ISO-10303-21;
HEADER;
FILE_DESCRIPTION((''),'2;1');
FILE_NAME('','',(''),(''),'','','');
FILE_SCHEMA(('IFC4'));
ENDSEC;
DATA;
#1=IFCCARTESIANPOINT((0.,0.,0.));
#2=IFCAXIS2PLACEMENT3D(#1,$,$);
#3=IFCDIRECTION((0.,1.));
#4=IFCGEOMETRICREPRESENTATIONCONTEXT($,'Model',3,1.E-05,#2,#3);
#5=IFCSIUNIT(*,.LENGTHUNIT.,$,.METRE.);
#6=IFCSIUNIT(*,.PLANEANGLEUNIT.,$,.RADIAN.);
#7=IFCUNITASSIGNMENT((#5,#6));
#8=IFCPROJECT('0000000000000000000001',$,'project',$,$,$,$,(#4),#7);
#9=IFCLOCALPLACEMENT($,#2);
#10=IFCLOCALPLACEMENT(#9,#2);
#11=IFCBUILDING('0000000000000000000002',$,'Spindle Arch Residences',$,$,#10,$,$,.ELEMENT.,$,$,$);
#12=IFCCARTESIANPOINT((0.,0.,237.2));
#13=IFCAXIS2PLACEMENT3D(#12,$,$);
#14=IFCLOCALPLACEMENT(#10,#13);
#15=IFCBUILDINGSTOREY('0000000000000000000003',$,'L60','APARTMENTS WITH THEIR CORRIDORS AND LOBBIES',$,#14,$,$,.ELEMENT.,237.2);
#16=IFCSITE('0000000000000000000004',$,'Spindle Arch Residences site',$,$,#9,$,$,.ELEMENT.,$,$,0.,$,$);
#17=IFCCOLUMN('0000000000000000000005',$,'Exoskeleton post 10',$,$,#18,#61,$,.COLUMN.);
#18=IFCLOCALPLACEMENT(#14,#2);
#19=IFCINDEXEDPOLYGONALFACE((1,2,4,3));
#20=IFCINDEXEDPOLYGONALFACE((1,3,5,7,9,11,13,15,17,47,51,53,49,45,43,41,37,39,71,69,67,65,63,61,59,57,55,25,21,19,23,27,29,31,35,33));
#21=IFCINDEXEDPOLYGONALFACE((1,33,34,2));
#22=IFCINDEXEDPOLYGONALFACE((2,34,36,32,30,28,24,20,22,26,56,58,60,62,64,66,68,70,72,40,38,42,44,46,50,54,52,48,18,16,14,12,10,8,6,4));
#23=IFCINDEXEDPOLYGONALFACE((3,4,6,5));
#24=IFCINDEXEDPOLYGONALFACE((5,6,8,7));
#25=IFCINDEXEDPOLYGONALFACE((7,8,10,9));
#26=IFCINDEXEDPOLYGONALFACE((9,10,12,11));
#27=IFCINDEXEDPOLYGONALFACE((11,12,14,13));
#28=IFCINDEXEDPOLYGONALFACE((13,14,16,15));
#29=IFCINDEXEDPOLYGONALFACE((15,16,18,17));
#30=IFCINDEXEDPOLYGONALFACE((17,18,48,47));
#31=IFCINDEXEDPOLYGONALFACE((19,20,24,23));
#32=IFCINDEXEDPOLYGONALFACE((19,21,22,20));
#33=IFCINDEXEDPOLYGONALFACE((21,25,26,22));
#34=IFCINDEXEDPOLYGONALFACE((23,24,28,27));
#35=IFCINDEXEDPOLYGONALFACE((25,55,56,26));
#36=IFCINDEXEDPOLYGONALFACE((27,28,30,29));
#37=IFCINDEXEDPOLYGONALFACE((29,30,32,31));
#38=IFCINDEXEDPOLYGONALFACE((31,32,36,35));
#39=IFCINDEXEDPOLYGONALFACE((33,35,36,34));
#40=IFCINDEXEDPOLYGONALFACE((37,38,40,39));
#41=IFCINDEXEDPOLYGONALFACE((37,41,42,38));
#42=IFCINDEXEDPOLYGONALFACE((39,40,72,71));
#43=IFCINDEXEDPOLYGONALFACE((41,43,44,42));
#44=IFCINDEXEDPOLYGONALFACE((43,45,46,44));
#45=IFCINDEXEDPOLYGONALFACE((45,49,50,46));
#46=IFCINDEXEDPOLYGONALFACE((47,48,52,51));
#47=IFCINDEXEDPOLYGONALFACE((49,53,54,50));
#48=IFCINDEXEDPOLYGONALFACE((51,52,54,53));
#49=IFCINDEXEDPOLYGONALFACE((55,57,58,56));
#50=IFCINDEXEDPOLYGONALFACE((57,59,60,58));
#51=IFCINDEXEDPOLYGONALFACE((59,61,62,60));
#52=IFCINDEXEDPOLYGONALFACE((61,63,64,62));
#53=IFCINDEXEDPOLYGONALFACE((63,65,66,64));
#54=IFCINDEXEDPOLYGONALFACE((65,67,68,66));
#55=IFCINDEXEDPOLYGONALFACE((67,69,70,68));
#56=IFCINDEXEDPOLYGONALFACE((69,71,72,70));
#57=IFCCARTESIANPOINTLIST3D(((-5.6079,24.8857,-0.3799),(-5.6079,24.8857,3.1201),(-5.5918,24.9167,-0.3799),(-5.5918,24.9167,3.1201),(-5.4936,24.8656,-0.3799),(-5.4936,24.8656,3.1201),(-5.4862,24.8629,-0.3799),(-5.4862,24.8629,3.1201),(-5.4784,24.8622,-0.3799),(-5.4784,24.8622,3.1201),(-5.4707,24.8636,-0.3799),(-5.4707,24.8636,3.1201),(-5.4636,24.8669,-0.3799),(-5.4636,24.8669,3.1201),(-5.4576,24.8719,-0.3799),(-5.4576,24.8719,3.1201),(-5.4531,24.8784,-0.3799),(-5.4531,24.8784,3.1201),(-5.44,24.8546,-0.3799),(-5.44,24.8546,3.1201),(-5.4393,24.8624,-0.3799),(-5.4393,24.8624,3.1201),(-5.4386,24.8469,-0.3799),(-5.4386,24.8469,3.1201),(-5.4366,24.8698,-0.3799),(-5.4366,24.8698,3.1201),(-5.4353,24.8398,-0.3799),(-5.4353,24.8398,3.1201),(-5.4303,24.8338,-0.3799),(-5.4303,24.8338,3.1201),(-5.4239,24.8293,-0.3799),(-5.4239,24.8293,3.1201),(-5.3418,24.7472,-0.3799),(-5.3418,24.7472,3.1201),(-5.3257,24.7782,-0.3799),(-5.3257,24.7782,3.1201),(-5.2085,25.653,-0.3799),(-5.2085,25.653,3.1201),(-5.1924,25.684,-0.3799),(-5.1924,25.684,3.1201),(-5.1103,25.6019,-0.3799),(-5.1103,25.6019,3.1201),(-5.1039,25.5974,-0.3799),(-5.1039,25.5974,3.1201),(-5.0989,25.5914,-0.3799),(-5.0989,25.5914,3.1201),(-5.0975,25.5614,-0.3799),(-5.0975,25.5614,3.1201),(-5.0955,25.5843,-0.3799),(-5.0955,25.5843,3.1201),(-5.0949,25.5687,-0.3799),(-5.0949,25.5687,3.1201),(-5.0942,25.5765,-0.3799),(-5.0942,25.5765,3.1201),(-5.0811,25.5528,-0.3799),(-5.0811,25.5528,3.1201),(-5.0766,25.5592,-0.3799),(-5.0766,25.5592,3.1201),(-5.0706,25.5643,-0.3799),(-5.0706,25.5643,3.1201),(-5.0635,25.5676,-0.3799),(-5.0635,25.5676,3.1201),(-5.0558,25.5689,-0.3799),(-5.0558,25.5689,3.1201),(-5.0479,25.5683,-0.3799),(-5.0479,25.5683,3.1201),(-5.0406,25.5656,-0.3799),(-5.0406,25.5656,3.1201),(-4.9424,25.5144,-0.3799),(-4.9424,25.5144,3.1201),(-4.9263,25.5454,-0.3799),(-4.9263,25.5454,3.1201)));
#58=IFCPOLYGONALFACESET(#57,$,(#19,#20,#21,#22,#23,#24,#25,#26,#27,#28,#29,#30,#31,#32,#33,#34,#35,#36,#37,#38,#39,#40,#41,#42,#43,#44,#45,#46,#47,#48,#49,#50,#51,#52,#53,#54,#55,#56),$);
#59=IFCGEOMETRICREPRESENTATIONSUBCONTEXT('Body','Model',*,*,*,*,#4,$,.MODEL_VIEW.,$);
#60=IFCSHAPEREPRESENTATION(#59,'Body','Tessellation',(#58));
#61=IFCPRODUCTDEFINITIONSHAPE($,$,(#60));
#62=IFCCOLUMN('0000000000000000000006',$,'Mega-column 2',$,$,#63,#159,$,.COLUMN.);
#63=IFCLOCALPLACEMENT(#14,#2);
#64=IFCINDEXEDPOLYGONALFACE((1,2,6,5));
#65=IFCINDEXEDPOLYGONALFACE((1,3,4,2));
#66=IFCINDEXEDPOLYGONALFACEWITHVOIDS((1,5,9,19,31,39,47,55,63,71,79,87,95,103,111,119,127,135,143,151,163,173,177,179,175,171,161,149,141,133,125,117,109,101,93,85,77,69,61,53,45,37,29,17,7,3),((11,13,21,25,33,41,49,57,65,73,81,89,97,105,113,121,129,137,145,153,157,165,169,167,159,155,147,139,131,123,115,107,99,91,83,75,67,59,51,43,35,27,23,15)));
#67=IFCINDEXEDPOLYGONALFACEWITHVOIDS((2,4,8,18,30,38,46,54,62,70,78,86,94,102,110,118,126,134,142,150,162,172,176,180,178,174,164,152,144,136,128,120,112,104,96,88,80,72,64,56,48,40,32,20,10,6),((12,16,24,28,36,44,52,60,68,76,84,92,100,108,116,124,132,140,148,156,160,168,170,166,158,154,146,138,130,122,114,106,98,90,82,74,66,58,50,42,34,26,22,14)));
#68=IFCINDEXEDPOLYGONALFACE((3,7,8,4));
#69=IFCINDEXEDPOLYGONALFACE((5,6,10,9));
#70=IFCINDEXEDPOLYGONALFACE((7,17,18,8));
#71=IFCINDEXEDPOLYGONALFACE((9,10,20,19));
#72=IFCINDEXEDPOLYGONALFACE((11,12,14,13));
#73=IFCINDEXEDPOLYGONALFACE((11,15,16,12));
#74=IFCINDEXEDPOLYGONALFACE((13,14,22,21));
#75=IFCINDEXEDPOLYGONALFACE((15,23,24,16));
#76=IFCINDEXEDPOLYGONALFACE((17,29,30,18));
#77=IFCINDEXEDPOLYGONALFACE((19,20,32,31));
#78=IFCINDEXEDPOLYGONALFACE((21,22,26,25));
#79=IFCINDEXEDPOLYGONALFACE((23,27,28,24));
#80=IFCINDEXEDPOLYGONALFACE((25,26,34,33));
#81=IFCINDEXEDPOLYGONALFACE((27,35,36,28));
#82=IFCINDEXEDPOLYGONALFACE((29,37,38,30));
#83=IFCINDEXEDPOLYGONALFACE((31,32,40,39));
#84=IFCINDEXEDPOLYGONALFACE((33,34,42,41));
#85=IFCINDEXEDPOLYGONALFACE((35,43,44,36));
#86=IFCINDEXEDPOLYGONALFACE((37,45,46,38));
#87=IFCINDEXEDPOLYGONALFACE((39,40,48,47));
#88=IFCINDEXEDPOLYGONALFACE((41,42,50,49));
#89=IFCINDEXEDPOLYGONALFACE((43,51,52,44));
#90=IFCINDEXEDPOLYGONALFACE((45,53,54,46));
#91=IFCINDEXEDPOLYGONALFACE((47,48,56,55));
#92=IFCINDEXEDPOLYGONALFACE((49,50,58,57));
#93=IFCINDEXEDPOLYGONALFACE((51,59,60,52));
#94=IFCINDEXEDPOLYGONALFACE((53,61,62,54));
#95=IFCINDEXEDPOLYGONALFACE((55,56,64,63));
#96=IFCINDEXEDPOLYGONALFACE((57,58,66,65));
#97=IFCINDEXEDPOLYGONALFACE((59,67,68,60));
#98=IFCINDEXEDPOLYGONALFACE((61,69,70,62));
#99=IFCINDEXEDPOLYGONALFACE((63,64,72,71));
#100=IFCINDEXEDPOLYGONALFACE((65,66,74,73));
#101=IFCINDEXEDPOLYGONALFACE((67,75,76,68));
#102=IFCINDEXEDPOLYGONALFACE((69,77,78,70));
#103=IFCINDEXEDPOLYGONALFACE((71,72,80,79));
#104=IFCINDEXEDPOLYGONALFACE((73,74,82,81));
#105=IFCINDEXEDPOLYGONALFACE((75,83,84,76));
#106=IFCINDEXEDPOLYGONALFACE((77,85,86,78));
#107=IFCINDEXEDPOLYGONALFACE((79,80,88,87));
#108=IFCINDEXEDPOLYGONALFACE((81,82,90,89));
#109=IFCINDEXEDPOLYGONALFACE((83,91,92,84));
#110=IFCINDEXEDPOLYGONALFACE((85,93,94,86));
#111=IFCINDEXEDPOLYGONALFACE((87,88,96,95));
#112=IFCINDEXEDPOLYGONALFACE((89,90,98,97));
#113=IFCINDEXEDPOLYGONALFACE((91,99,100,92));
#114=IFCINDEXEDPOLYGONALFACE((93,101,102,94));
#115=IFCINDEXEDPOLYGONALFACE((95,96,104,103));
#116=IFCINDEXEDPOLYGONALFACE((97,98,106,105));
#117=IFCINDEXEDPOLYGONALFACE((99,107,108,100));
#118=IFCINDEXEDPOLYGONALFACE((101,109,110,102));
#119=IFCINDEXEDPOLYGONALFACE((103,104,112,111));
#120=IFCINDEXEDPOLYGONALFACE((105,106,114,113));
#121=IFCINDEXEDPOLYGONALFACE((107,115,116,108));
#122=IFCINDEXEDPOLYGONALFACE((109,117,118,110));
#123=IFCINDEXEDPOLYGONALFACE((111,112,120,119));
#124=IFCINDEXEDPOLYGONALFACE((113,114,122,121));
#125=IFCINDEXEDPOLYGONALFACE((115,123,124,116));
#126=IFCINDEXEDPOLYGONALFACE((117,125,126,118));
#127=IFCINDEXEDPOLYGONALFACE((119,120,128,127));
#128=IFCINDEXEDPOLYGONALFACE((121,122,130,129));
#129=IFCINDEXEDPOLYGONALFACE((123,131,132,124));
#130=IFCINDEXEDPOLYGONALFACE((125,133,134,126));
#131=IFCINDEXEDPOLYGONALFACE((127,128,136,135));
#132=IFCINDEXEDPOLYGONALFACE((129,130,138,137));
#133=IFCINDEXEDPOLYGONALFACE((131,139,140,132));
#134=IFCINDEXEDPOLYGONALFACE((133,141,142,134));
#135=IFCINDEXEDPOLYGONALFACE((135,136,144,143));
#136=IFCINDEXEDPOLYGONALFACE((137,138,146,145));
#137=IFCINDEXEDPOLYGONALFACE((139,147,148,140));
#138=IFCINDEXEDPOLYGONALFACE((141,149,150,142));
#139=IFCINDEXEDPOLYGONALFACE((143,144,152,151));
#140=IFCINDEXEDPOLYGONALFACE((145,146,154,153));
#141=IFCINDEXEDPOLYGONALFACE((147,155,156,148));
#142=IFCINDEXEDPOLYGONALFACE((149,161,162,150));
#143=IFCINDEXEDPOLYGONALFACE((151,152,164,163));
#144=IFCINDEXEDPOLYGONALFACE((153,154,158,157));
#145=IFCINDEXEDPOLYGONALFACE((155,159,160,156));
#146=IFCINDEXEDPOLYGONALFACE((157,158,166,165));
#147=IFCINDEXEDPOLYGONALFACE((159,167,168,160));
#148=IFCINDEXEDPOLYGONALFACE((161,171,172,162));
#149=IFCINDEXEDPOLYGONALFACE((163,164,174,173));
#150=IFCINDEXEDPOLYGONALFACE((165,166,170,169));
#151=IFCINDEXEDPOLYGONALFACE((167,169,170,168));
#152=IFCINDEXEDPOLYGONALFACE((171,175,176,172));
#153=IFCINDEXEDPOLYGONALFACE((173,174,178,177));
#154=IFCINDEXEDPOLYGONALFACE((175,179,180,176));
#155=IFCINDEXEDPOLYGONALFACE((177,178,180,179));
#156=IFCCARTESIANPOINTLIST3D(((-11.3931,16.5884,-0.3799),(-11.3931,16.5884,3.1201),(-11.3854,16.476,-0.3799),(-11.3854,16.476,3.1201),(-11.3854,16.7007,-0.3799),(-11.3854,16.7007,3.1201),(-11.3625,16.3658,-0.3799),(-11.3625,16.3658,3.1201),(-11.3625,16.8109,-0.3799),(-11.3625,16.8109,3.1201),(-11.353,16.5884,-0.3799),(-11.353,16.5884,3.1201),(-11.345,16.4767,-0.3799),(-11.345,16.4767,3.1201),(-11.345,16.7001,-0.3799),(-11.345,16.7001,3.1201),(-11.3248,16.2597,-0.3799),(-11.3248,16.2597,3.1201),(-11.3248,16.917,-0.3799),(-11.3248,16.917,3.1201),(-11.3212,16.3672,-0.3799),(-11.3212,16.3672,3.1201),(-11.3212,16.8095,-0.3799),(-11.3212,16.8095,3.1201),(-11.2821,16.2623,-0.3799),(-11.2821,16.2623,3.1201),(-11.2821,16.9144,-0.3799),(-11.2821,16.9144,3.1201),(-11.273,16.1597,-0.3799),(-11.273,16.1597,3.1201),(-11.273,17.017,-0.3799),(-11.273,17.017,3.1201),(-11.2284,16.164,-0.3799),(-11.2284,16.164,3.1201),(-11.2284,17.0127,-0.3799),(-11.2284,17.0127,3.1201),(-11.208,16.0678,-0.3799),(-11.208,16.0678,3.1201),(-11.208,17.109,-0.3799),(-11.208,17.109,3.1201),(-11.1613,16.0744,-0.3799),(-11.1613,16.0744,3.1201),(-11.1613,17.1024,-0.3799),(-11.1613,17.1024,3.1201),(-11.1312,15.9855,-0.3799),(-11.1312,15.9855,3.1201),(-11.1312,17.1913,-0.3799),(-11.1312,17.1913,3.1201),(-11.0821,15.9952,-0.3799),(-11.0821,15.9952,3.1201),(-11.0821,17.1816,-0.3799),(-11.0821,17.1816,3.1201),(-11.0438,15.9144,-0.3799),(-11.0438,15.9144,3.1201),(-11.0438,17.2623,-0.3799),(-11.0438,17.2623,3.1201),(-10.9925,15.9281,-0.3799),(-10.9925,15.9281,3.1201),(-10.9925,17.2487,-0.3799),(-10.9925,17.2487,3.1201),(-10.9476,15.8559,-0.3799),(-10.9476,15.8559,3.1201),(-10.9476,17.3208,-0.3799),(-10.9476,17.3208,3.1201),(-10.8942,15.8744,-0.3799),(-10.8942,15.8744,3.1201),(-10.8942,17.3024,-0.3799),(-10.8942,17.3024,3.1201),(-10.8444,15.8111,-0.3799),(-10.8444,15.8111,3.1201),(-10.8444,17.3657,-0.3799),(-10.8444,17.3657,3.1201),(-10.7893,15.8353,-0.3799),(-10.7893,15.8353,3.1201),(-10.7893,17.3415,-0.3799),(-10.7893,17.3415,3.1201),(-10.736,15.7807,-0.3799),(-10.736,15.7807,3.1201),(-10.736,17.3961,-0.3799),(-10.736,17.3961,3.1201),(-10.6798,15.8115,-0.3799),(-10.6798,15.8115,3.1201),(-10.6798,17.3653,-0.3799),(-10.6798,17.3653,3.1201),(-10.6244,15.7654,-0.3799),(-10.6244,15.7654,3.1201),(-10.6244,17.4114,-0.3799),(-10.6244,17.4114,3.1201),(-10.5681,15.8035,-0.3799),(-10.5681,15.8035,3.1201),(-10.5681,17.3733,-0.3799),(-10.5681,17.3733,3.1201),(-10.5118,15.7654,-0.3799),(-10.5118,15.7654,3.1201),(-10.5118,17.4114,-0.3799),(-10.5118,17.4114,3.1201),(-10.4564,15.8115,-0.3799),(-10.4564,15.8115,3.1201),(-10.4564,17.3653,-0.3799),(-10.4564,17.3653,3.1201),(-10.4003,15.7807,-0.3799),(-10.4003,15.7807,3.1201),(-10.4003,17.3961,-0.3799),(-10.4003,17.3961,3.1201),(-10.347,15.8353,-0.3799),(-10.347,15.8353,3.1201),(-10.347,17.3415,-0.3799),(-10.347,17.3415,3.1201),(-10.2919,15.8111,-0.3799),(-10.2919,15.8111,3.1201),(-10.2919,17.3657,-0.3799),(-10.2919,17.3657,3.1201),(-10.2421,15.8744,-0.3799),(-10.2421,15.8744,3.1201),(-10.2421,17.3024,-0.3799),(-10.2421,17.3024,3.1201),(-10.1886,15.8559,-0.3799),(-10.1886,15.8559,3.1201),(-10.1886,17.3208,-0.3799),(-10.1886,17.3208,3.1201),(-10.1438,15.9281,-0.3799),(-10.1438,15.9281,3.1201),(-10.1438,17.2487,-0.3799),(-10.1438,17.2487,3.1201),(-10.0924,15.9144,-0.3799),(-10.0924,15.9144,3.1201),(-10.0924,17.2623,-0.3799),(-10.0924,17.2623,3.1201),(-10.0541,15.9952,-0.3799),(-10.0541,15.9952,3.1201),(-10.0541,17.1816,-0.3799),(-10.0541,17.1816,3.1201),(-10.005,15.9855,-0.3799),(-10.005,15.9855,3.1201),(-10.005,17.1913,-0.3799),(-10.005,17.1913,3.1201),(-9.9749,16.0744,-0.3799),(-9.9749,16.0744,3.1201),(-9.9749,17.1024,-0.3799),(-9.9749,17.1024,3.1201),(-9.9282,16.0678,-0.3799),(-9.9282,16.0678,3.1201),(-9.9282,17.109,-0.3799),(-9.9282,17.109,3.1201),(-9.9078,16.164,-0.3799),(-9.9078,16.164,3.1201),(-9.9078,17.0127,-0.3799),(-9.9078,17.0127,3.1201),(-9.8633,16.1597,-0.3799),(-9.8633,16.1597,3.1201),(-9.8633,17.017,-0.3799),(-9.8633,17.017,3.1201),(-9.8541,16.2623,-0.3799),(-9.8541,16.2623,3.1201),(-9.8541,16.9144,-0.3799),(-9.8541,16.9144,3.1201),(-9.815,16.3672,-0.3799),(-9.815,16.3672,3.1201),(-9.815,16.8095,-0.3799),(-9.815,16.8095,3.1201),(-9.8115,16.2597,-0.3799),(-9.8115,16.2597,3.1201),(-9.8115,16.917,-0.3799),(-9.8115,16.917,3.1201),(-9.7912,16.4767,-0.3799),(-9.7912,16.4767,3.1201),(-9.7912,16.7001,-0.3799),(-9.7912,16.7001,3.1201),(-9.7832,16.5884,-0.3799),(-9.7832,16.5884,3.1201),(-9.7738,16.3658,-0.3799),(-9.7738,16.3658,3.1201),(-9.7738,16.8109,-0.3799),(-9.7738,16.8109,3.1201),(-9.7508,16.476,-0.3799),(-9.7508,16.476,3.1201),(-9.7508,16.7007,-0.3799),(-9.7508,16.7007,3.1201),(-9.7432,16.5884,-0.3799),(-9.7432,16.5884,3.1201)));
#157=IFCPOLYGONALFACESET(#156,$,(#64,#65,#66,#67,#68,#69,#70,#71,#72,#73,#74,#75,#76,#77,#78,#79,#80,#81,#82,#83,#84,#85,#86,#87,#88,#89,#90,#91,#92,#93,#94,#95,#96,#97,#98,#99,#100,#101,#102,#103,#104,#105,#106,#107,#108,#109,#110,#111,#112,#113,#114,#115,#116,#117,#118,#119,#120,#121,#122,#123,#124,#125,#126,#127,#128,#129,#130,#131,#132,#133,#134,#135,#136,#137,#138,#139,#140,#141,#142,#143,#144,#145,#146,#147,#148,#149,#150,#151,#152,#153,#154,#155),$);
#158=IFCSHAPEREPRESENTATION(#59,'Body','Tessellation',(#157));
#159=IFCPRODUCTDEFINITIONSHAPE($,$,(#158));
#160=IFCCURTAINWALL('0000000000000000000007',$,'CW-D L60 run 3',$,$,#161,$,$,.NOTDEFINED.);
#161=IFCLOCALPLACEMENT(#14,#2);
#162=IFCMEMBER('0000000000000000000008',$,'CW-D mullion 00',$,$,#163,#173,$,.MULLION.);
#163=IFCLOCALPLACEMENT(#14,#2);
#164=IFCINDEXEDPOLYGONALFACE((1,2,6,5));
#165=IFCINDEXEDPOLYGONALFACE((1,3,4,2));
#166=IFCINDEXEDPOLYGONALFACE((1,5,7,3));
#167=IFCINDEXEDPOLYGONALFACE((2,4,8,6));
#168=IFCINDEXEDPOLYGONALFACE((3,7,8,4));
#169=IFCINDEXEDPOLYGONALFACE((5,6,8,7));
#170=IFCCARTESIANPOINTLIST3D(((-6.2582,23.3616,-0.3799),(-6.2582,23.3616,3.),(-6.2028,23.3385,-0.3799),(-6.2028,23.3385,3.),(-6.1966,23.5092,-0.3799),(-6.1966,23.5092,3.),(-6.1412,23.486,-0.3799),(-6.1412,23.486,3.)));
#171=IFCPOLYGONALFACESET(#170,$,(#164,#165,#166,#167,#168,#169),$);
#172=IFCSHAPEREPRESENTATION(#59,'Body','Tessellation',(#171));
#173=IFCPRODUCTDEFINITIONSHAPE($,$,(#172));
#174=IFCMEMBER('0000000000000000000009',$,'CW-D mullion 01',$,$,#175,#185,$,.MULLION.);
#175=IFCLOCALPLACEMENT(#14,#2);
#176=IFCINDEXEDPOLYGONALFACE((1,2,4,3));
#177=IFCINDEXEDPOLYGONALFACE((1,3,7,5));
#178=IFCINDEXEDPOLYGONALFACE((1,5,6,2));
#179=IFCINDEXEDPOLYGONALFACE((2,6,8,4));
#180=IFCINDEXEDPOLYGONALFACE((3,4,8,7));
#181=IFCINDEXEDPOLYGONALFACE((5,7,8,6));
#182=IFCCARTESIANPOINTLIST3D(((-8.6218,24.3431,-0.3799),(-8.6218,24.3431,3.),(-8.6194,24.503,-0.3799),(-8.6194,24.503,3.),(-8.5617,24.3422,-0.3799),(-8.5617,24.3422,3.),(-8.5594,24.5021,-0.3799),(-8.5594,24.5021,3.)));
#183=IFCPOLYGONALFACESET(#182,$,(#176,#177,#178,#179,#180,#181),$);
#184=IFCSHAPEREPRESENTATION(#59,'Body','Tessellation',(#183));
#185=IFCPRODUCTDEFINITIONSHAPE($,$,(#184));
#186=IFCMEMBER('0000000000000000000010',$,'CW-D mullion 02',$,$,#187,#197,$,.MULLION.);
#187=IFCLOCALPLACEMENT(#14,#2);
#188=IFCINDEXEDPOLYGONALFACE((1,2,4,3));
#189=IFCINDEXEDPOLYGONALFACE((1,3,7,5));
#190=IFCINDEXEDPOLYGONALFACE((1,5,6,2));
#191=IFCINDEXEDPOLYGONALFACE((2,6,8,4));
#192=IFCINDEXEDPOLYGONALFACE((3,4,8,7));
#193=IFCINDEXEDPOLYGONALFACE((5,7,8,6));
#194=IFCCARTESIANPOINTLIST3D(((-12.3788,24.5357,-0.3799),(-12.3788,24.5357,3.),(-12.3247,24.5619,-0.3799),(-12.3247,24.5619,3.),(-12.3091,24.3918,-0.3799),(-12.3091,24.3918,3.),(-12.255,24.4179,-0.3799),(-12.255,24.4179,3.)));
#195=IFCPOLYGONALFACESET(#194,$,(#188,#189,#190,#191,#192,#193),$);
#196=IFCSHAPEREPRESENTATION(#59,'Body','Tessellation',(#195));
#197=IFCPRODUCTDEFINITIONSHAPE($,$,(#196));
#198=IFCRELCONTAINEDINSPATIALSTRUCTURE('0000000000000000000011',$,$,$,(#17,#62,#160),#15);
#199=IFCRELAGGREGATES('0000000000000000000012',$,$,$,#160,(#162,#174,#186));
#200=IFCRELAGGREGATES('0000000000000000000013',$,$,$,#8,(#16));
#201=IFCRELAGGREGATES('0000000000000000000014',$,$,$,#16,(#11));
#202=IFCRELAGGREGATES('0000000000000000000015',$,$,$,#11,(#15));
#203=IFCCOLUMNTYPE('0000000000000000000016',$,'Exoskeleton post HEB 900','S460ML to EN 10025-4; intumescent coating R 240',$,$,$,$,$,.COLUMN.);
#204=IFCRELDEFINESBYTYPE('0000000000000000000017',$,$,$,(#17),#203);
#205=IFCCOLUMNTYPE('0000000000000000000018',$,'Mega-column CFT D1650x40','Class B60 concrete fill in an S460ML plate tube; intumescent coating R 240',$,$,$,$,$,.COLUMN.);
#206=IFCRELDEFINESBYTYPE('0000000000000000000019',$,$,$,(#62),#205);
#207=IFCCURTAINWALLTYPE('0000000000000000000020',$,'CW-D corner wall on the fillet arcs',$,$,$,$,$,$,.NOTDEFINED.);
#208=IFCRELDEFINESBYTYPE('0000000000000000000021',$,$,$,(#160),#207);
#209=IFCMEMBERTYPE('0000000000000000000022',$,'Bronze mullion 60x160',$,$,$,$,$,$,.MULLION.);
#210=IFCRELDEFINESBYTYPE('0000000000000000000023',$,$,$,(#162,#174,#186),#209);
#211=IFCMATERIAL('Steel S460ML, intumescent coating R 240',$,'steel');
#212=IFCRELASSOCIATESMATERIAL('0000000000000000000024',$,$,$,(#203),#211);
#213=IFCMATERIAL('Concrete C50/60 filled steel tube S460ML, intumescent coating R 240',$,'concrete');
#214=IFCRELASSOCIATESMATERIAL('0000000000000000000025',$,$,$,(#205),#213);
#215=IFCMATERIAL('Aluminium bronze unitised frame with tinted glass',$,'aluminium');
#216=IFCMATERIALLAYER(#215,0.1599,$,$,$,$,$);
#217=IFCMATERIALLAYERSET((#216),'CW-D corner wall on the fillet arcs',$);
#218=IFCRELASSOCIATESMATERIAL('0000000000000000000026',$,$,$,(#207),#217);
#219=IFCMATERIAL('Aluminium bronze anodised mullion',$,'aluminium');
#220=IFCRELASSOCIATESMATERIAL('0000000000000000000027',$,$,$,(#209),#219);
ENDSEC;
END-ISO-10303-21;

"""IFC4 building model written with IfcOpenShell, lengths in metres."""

from ifc_helpers import new_model, si_unit, direction, frame, origin, origin_2d, place, context, subcontext, project, spatial, rectangle, hollow_circle, i_section, extrude, material, layer, layer_set, material_profile, profile_set, type_object, element, aggregate, save


model = new_model("IFC4")

# Units and contexts
model_context = context("Model", 3, precision=1e-05, world=origin(), true_north=direction((0.0, 1.0)))
body_context = subcontext(model_context, "Body", "Model", "MODEL_VIEW")
ifc_project = project(units=[si_unit("LENGTHUNIT", "METRE"), si_unit("PLANEANGLEUNIT", "RADIAN")], contexts=[model_context])

# Site, building, storey
site_placement = place(None, origin())
site = spatial("IfcSite", under=ifc_project, at=site_placement, Name="Spindle Arch Residences site", CompositionType="ELEMENT", RefElevation=0.0)
building_placement = place(site_placement, origin())
building = spatial("IfcBuilding", under=site, at=building_placement, Name="Spindle Arch Residences", CompositionType="ELEMENT")
storey_placement = place(building_placement, frame((0.0, 0.0, 237.2)))
storey = spatial("IfcBuildingStorey", under=building, at=storey_placement, Name="L60", Description="APARTMENTS WITH THEIR CORRIDORS AND LOBBIES", CompositionType="ELEMENT", Elevation=237.2)

# Columns
ifc_material_1 = material(Name="Steel S460ML, intumescent coating R 240", Category="steel")
ifc_material_profile_1 = material_profile(ifc_material_1, i_section(OverallWidth=0.3, OverallDepth=0.8999, WebThickness=0.0186, FlangeThickness=0.0349, FilletRadius=0.03, at=origin_2d()), Name="HEB 900")
ifc_profile_set_1 = profile_set([ifc_material_profile_1], Name="Steel S460ML, intumescent coating R 240")
column_type_1 = type_object("IfcColumnType", Name="Exoskeleton post HEB 900", Description="S460ML to EN 10025-4; intumescent coating R 240", PredefinedType="COLUMN", material=ifc_profile_set_1)
column_1_placement = place(storey_placement, frame((-5.2671, 25.2156, -0.3799), z_axis=(0.0, 0.0, 1.0), x_axis=(0.887011, -0.461749, 0.0)))
element("IfcColumn", 1, at=column_1_placement, inside=storey, type_object=column_type_1, Name="Exoskeleton post 10", PredefinedType="COLUMN", context=body_context, shape_type="SweptSolid", body=[
    extrude(i_section(OverallWidth=0.3, OverallDepth=0.8999, WebThickness=0.0186, FlangeThickness=0.0349, FilletRadius=0.03, at=origin_2d()), origin(), (0.0, 0.0, 1.0), 3.5),
])
ifc_material_2 = material(Name="Concrete C50/60 filled steel tube S460ML, intumescent coating R 240", Category="concrete")
ifc_material_profile_2 = material_profile(ifc_material_2, hollow_circle(Radius=0.825, WallThickness=0.04, at=origin_2d()), Name="CFT D1650x40")
ifc_profile_set_2 = profile_set([ifc_material_profile_2], Name="Concrete C50/60 filled steel tube S460ML, intumescent coating R 240")
column_type_2 = type_object("IfcColumnType", Name="Mega-column CFT D1650x40", Description="Class B60 concrete fill in an S460ML plate tube; intumescent coating R 240", PredefinedType="COLUMN", material=ifc_profile_set_2)
column_2_placement = place(storey_placement, frame((-10.5681, 16.5884, -0.3799), z_axis=(0.0, 0.0, 1.0), x_axis=(1.0, 0.0, 0.0)))
element("IfcColumn", 2, at=column_2_placement, inside=storey, type_object=column_type_2, Name="Mega-column 2", PredefinedType="COLUMN", context=body_context, shape_type="SweptSolid", body=[
    extrude(hollow_circle(Radius=0.825, WallThickness=0.04, at=origin_2d()), origin(), (0.0, 0.0, 1.0), 3.5),
])

# Curtain wall, members
ifc_material_3 = material(Name="Aluminium bronze unitised frame with tinted glass", Category="aluminium")
ifc_layer_1 = layer(ifc_material_3, 0.1599)
ifc_layer_set_1 = layer_set([ifc_layer_1], Name="CW-D corner wall on the fillet arcs")
curtain_wall_type_1 = type_object("IfcCurtainWallType", Name="CW-D corner wall on the fillet arcs", PredefinedType="NOTDEFINED", material=ifc_layer_set_1)
curtain_wall_1_placement = place(storey_placement, origin())
curtain_wall_1 = element("IfcCurtainWall", 3, at=curtain_wall_1_placement, inside=storey, type_object=curtain_wall_type_1, Name="CW-D L60 run 3", PredefinedType="NOTDEFINED")
ifc_material_4 = material(Name="Aluminium bronze anodised mullion", Category="aluminium")
ifc_material_profile_3 = material_profile(ifc_material_4, rectangle(XDim=0.1599, YDim=0.0601, at=origin_2d()), Name="MU 60x160")
ifc_profile_set_3 = profile_set([ifc_material_profile_3], Name="Aluminium bronze anodised mullion")
member_type_1 = type_object("IfcMemberType", Name="Bronze mullion 60x160", PredefinedType="MULLION", material=ifc_profile_set_3)
member_1_placement = place(storey_placement, frame((-6.1997, 23.4238, -0.3799), z_axis=(0.0, 0.0, 1.0), x_axis=(-0.385552, -0.922686, 0.0)))
member_1 = element("IfcMember", 4, at=member_1_placement, type_object=member_type_1, Name="CW-D mullion 00", PredefinedType="MULLION", context=body_context, shape_type="SweptSolid", body=[
    extrude(rectangle(XDim=0.1599, YDim=0.0601, at=origin_2d()), origin(), (0.0, 0.0, 1.0), 3.3799),
])
member_2_placement = place(storey_placement, frame((-8.5906, 24.4226, -0.3799), z_axis=(0.0, 0.0, 1.0), x_axis=(-0.014544, -0.999894, 0.0)))
member_2 = element("IfcMember", 5, at=member_2_placement, type_object=member_type_1, Name="CW-D mullion 01", PredefinedType="MULLION", context=body_context, shape_type="SweptSolid", body=[
    extrude(rectangle(XDim=0.1599, YDim=0.0601, at=origin_2d()), origin(), (0.0, 0.0, 1.0), 3.3799),
])
member_3_placement = place(storey_placement, frame((-12.3169, 24.4768, -0.3799), z_axis=(0.0, 0.0, 1.0), x_axis=(0.435755, -0.900065, 0.0)))
member_3 = element("IfcMember", 6, at=member_3_placement, type_object=member_type_1, Name="CW-D mullion 02", PredefinedType="MULLION", context=body_context, shape_type="SweptSolid", body=[
    extrude(rectangle(XDim=0.1599, YDim=0.0601, at=origin_2d()), origin(), (0.0, 0.0, 1.0), 3.3799),
])

aggregate(curtain_wall_1, [member_1, member_2, member_3])

save(model, "model.ifc")
